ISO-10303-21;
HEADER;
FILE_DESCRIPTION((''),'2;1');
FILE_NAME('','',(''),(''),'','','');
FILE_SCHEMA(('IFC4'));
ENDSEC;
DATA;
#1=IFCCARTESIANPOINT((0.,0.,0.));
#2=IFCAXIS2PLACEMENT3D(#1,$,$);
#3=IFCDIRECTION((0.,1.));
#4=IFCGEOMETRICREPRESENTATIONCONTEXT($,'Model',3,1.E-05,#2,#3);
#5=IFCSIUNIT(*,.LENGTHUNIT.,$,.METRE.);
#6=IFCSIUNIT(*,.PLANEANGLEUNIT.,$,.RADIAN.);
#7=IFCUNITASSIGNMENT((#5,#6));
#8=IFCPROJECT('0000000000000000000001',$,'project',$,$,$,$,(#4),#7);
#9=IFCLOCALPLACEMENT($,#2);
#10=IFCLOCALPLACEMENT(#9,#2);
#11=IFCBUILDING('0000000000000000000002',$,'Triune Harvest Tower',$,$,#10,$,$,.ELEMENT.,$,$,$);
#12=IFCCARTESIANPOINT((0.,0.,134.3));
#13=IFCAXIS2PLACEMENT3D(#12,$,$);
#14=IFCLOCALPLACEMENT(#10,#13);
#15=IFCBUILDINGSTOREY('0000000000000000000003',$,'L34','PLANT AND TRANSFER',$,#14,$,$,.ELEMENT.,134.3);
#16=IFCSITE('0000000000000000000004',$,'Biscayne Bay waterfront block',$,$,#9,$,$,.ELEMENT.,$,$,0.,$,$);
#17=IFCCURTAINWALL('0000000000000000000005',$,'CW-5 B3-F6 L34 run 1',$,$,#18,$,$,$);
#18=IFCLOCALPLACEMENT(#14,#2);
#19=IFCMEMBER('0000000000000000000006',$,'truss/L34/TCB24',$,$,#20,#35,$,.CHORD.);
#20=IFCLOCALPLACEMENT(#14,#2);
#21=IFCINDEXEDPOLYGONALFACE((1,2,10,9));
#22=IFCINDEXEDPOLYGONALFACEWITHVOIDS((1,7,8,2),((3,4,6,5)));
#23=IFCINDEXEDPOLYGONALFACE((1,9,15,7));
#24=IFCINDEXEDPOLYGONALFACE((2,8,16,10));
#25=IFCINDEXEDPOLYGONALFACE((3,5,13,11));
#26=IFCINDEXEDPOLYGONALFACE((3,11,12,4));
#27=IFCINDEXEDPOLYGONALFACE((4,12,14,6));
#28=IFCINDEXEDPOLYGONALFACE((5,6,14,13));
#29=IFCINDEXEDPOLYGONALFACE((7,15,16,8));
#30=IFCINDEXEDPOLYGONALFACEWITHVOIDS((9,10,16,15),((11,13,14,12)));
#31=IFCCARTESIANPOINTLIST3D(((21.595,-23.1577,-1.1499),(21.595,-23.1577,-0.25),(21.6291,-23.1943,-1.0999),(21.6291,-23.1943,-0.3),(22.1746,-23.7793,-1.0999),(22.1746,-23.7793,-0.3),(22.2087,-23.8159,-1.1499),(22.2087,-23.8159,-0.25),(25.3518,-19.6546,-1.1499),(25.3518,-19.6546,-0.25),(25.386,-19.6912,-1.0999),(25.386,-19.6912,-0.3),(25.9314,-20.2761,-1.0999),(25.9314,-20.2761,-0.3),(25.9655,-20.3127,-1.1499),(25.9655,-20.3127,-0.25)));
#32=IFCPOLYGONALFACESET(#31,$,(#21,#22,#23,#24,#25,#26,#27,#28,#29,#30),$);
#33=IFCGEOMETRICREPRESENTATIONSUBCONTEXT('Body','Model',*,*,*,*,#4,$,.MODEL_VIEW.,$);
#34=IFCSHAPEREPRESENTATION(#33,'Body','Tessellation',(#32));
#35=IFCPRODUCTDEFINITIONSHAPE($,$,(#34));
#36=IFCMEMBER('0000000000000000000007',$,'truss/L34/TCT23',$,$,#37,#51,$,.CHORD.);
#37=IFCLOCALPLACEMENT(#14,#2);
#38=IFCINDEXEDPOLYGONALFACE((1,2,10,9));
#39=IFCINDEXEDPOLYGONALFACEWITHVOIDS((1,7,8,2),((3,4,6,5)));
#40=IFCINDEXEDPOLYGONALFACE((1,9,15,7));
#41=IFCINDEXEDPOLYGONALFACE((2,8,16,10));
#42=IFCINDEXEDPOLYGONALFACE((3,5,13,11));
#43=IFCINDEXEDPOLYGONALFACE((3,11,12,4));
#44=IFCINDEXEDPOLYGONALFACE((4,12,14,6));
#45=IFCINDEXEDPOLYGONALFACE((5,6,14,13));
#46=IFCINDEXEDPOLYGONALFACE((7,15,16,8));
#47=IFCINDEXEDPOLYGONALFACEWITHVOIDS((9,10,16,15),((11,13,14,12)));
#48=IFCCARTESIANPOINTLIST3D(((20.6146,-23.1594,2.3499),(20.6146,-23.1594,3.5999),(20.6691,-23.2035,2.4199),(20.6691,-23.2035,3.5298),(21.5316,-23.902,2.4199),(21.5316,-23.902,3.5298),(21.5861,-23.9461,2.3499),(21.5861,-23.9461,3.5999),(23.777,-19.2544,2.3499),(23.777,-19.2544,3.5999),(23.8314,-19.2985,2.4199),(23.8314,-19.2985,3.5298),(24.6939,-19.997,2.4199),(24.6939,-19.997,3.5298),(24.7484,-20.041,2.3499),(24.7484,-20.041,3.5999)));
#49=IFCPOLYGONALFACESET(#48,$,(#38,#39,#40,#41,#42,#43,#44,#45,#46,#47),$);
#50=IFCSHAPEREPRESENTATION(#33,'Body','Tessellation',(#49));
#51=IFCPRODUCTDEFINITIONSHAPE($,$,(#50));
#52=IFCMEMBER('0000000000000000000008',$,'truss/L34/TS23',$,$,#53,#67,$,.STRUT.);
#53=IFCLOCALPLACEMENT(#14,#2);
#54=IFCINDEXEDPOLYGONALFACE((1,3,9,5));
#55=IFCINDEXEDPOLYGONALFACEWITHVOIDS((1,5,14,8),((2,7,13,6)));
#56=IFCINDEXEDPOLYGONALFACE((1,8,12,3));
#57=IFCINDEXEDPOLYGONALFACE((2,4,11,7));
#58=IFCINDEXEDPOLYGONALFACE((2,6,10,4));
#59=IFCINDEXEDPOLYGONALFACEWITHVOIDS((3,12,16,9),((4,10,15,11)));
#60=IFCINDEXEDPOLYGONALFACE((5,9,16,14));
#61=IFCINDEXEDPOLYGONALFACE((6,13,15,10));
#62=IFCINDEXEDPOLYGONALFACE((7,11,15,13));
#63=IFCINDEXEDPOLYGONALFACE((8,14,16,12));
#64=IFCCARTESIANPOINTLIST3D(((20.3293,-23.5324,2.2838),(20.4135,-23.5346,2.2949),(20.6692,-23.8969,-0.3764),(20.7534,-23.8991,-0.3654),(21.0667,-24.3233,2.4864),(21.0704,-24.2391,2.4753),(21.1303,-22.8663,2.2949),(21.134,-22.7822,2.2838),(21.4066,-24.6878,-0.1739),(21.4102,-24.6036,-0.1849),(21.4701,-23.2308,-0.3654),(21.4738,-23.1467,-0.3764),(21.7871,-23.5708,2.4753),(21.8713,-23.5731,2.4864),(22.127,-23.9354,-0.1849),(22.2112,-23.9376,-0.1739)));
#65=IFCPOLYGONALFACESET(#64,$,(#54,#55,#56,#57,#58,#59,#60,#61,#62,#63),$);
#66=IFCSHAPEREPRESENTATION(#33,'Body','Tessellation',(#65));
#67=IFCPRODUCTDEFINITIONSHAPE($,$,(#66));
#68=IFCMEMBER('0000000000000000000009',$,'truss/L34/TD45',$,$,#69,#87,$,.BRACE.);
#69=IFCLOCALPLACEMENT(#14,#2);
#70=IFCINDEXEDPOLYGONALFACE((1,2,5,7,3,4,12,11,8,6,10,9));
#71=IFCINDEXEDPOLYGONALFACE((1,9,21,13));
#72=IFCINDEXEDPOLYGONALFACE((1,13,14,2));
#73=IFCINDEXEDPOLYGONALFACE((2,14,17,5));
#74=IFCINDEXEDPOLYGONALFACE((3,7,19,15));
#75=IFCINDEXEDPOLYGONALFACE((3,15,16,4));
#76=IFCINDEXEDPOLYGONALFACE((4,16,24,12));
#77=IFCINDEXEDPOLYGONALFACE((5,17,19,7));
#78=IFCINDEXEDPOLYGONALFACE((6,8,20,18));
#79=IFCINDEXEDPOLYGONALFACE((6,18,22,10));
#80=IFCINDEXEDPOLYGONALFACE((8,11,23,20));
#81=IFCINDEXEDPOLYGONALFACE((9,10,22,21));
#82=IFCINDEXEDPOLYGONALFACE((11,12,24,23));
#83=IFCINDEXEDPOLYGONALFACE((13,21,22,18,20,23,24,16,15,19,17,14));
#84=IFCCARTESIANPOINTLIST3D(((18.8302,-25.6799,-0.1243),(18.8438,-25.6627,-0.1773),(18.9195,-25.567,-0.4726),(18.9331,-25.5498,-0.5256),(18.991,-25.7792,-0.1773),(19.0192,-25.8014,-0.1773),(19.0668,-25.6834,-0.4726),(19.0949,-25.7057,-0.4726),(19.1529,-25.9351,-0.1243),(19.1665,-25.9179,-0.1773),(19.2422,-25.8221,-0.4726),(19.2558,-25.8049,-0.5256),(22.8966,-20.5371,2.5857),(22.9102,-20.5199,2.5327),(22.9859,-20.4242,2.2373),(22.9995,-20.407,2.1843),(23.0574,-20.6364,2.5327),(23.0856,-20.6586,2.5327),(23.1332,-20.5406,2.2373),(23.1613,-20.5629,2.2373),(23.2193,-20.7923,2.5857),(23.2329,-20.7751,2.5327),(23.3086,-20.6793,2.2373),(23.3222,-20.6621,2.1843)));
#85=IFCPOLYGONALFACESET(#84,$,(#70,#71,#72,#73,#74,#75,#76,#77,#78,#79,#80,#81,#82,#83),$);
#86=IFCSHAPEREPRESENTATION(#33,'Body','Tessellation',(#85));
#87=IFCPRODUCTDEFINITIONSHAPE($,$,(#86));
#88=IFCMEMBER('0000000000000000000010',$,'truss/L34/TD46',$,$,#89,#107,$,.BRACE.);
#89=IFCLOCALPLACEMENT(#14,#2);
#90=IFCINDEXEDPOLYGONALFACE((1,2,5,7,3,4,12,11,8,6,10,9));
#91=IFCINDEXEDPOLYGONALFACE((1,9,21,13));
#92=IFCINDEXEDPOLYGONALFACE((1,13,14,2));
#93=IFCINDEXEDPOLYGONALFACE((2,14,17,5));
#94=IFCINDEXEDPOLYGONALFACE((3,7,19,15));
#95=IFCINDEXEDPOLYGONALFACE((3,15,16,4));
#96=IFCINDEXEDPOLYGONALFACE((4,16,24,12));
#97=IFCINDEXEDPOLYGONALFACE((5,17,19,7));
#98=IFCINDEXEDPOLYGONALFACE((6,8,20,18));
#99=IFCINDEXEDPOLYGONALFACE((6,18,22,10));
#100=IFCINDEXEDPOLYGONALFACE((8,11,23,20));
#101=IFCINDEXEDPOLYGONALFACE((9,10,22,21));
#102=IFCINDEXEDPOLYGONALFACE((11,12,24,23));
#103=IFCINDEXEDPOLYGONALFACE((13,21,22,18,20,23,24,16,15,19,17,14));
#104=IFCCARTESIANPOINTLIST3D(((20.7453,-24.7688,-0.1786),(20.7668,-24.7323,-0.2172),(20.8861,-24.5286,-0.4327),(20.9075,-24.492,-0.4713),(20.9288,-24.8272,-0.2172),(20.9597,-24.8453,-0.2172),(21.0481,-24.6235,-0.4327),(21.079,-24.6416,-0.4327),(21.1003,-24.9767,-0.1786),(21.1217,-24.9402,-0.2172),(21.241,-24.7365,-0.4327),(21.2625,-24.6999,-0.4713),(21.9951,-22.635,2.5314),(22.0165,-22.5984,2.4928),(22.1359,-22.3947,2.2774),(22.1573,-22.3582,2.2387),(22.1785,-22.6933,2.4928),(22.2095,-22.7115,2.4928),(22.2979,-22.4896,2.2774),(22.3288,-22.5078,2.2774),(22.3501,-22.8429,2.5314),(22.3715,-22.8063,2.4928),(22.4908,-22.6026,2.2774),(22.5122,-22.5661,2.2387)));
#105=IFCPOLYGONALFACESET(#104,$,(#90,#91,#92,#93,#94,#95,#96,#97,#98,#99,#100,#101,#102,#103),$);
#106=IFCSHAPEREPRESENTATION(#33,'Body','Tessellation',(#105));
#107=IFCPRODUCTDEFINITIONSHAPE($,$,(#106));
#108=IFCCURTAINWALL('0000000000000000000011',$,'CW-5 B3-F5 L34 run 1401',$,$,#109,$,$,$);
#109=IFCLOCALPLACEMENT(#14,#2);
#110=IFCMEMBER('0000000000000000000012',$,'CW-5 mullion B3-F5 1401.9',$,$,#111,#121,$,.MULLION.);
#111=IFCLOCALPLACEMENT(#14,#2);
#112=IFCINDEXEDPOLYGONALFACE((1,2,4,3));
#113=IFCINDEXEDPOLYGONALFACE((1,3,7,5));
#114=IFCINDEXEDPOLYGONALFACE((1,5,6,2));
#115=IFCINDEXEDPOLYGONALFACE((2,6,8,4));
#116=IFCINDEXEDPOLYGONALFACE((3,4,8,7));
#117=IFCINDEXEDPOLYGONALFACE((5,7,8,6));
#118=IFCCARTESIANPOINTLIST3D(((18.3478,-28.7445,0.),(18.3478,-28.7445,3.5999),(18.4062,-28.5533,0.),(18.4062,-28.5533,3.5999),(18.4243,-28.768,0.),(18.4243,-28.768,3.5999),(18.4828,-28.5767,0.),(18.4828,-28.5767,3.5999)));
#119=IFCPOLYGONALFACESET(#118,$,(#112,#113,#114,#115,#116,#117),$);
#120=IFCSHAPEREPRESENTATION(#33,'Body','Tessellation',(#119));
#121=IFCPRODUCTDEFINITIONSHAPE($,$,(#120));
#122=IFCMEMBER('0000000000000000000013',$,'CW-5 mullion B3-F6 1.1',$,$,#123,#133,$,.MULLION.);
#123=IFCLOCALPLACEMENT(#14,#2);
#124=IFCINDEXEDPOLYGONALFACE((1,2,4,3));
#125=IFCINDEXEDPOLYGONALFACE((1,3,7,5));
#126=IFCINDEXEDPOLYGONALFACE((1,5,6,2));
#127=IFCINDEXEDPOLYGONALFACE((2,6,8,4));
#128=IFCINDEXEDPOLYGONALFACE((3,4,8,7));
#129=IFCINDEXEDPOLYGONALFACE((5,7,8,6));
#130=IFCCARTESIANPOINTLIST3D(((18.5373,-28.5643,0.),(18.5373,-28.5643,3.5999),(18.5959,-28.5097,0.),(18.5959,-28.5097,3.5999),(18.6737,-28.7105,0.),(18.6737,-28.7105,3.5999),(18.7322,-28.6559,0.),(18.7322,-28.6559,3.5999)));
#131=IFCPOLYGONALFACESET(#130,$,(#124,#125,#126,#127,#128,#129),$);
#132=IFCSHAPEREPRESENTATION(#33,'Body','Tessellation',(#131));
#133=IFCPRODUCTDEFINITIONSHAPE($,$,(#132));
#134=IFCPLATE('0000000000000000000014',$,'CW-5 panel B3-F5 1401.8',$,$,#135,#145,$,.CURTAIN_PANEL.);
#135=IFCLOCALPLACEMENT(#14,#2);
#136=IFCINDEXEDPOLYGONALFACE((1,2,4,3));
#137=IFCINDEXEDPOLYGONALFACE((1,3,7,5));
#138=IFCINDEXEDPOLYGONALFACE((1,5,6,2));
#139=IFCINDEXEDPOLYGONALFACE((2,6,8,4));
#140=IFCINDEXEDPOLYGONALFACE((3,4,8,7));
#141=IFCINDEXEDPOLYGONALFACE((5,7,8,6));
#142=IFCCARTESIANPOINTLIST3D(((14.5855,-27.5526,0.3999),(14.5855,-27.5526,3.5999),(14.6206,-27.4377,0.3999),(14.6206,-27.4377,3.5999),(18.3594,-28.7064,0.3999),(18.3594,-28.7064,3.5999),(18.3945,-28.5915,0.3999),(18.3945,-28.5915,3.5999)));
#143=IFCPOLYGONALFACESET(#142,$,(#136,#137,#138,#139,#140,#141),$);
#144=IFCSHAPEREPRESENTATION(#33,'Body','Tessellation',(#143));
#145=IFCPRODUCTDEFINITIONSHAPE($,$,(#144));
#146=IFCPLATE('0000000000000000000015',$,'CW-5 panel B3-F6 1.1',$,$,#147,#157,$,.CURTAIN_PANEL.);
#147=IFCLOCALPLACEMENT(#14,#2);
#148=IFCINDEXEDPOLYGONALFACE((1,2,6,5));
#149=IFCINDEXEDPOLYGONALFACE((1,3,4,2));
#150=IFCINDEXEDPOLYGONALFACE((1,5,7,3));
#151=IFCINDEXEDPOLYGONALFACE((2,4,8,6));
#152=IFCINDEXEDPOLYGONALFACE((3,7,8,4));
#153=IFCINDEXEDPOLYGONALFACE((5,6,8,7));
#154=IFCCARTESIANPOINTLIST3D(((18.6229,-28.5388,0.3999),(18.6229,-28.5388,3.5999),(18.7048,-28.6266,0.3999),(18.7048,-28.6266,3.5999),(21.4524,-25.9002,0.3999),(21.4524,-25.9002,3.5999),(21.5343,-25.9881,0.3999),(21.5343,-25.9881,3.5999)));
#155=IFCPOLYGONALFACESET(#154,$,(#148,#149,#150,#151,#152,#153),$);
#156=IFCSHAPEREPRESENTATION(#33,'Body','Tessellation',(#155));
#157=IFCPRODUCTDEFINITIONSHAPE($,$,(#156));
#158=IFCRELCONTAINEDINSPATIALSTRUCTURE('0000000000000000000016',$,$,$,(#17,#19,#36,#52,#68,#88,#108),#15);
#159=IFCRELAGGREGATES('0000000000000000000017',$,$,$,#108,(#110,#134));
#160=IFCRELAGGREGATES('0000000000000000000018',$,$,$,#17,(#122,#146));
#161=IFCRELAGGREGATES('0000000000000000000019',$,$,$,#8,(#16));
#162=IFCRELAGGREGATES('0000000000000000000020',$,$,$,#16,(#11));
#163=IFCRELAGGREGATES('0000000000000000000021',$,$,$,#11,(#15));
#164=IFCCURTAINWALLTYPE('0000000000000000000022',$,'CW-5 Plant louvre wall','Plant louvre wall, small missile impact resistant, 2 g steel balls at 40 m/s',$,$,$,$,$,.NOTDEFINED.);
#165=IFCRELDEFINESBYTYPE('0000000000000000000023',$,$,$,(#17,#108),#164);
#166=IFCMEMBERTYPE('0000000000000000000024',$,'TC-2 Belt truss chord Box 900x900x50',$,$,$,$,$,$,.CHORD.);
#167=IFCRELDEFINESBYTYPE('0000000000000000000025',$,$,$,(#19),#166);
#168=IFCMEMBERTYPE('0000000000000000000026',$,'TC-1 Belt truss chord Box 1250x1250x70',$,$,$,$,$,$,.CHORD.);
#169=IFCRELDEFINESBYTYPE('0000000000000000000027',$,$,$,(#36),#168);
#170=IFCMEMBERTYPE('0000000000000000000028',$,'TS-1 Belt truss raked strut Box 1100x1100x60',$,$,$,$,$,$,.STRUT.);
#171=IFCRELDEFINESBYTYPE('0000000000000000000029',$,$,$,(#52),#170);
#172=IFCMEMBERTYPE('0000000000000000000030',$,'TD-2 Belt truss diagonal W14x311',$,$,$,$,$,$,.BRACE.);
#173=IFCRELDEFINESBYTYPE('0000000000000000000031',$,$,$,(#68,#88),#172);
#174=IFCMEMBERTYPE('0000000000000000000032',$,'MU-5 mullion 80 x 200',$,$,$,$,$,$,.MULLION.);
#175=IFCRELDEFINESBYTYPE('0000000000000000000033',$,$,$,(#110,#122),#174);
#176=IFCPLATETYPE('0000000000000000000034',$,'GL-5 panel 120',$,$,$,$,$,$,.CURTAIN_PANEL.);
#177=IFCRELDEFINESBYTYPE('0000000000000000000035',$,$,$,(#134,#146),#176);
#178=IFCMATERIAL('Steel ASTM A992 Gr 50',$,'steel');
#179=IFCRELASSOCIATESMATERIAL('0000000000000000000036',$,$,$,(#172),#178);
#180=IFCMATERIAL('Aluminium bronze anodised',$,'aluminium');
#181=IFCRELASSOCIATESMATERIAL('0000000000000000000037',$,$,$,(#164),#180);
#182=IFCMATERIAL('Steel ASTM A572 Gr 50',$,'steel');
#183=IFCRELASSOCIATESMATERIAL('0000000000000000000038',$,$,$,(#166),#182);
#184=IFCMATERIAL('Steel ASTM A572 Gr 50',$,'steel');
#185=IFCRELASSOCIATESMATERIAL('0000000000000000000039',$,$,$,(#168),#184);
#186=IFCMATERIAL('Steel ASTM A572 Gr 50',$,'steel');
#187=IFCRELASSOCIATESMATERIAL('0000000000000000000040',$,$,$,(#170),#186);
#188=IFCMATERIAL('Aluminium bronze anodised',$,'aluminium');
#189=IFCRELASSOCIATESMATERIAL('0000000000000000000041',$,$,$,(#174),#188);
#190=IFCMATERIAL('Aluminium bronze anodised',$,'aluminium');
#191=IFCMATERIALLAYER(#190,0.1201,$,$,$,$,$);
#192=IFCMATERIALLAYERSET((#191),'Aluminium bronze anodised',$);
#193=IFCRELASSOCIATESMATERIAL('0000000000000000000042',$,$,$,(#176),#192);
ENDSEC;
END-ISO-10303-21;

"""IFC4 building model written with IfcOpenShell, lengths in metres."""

from ifc_helpers import new_model, si_unit, direction, frame, origin, origin_2d, place, context, subcontext, project, spatial, rectangle, hollow_rectangle, i_section, extrude, source, transform, mapped, material, layer, layer_set, material_profile, profile_set, type_object, element, aggregate, save


model = new_model("IFC4")

# Units and contexts
model_context = context("Model", 3, precision=1e-05, world=origin(), true_north=direction((0.0, 1.0)))
body_context = subcontext(model_context, "Body", "Model", "MODEL_VIEW")
ifc_project = project(units=[si_unit("LENGTHUNIT", "METRE"), si_unit("PLANEANGLEUNIT", "RADIAN")], contexts=[model_context])

# Site, building, storey
site_placement = place(None, origin())
site = spatial("IfcSite", under=ifc_project, at=site_placement, Name="Biscayne Bay waterfront block", CompositionType="ELEMENT", RefElevation=0.0)
building_placement = place(site_placement, origin())
building = spatial("IfcBuilding", under=site, at=building_placement, Name="Triune Harvest Tower", CompositionType="ELEMENT")
storey_placement = place(building_placement, frame((0.0, 0.0, 134.3)))
storey = spatial("IfcBuildingStorey", under=building, at=storey_placement, Name="L34", Description="PLANT AND TRANSFER", CompositionType="ELEMENT", Elevation=134.3)

# Shared definitions
ifc_material_1 = material(Name="Steel ASTM A992 Gr 50", Category="steel")
ifc_material_profile_1 = material_profile(ifc_material_1, i_section(OverallWidth=0.4114, OverallDepth=0.4343, WebThickness=0.0359, FlangeThickness=0.0574, at=origin_2d()), Name="W14x311")
ifc_profile_set_1 = profile_set([ifc_material_profile_1], Name="Steel ASTM A992 Gr 50")
member_type_1 = type_object("IfcMemberType", Name="TD-2 Belt truss diagonal W14x311", PredefinedType="BRACE", material=ifc_profile_set_1)

# Curtain wall
ifc_material_2 = material(Name="Aluminium bronze anodised", Category="aluminium")
curtain_wall_type = type_object("IfcCurtainWallType", Name="CW-5 Plant louvre wall", Description="Plant louvre wall, small missile impact resistant, 2 g steel balls at 40 m/s", PredefinedType="NOTDEFINED", material=ifc_material_2)
curtain_wall_1_placement = place(storey_placement, origin())
curtain_wall_1 = element("IfcCurtainWall", 1, at=curtain_wall_1_placement, inside=storey, type_object=curtain_wall_type, Name="CW-5 B3-F6 L34 run 1")

# Members
ifc_material_3 = material(Name="Steel ASTM A572 Gr 50", Category="steel")
ifc_material_profile_2 = material_profile(ifc_material_3, hollow_rectangle(XDim=0.8999, YDim=0.8999, WallThickness=0.05, at=origin_2d()), Name="Box 900x900x50")
ifc_profile_set_2 = profile_set([ifc_material_profile_2], Name="Steel ASTM A572 Gr 50")
member_type_2 = type_object("IfcMemberType", Name="TC-2 Belt truss chord Box 900x900x50", PredefinedType="CHORD", material=ifc_profile_set_2)
shared_shape_1 = source(origin(), body_context, "Body", "SweptSolid", [
    extrude(hollow_rectangle(XDim=0.8999, YDim=0.8999, WallThickness=0.05, at=origin_2d()), origin(), (0.0, 0.0, 1.0), 5.1367),
])
for number, where, z_axis, x_axis, name in (
    (2, (21.9019, -23.4868, -0.7), (0.731367, 0.681985, 0.0), (-0.681985, 0.731367, 0.0), "truss/L34/TCB24"),
):
    element("IfcMember", number, at=place(storey_placement, frame(where, z_axis=z_axis, x_axis=x_axis)), inside=storey, type_object=member_type_2, Name=name, PredefinedType="CHORD", context=body_context, shape_type="MappedRepresentation", body=[
        mapped(shared_shape_1, transform((0.0, 0.0, 0.0), scale=1.0)),
    ])
ifc_material_4 = material(Name="Steel ASTM A572 Gr 50", Category="steel")
ifc_material_profile_3 = material_profile(ifc_material_4, hollow_rectangle(XDim=1.25, YDim=1.25, WallThickness=0.0701, at=origin_2d()), Name="Box 1250x1250x70")
ifc_profile_set_3 = profile_set([ifc_material_profile_3], Name="Steel ASTM A572 Gr 50")
member_type_3 = type_object("IfcMemberType", Name="TC-1 Belt truss chord Box 1250x1250x70", PredefinedType="CHORD", material=ifc_profile_set_3)
shared_shape_2 = source(origin(), body_context, "Body", "SweptSolid", [
    extrude(hollow_rectangle(XDim=1.25, YDim=1.25, WallThickness=0.0701, at=origin_2d()), origin(), (0.0, 0.0, 1.0), 5.0249),
])
member_1_placement = place(storey_placement, frame((21.1003, -23.5527, 2.9749), z_axis=(0.629335, 0.777134, 0.0), x_axis=(-0.777134, 0.629335, 0.0)))
element("IfcMember", 3, at=member_1_placement, inside=storey, type_object=member_type_3, Name="truss/L34/TCT23", PredefinedType="CHORD", context=body_context, shape_type="MappedRepresentation", body=[
    mapped(shared_shape_2, transform((0.0, 0.0, 0.0), scale=1.0)),
])
ifc_material_5 = material(Name="Steel ASTM A572 Gr 50", Category="steel")
ifc_material_profile_4 = material_profile(ifc_material_5, hollow_rectangle(XDim=1.1001, YDim=1.1001, WallThickness=0.0601, at=origin_2d()), Name="Box 1100x1100x60")
ifc_profile_set_4 = profile_set([ifc_material_profile_4], Name="Steel ASTM A572 Gr 50")
member_type_4 = type_object("IfcMemberType", Name="TS-1 Belt truss raked strut Box 1100x1100x60", PredefinedType="STRUT", material=ifc_profile_set_4)
shared_shape_3 = source(origin(), body_context, "Body", "SweptSolid", [
    extrude(hollow_rectangle(XDim=1.1001, YDim=1.1001, WallThickness=0.0601, at=origin_2d()), origin(), (0.0, 0.0, 1.0), 2.7065),
])
member_2_placement = place(storey_placement, frame((21.4402, -23.9172, -0.2751), z_axis=(-0.125569, 0.13468, 0.982901), x_axis=(-0.731414, -0.681934, 0.0)))
element("IfcMember", 4, at=member_2_placement, inside=storey, type_object=member_type_4, Name="truss/L34/TS23", PredefinedType="STRUT", context=body_context, shape_type="MappedRepresentation", body=[
    mapped(shared_shape_3, transform((0.0, 0.0, 0.0), scale=1.0)),
])
shared_shape_4 = source(origin(), body_context, "Body", "SweptSolid", [
    extrude(i_section(OverallWidth=0.4114, OverallDepth=0.4343, WebThickness=0.0359, FlangeThickness=0.0574, at=origin_2d()), origin(), (0.0, 0.0, 1.0), 7.0942),
])
member_3_placement = place(storey_placement, frame((19.043, -25.7424, -0.325), z_axis=(0.573199, 0.72493, 0.381995), x_axis=(-0.784416, 0.620235, 0.0)))
element("IfcMember", 5, at=member_3_placement, inside=storey, type_object=member_type_1, Name="truss/L34/TD45", PredefinedType="BRACE", context=body_context, shape_type="MappedRepresentation", body=[
    mapped(shared_shape_4, transform((0.0, 0.0, 0.0), scale=1.0)),
])
shared_shape_5 = source(origin(), body_context, "Body", "SweptSolid", [
    extrude(i_section(OverallWidth=0.4114, OverallDepth=0.4343, WebThickness=0.0359, FlangeThickness=0.0574, at=origin_2d()), origin(), (0.0, 0.0, 1.0), 3.6687),
])
member_4_placement = place(storey_placement, frame((21.0039, -24.7344, -0.325), z_axis=(0.34066, 0.581631, 0.738685), x_axis=(-0.86289, 0.505393, 0.0)))
element("IfcMember", 6, at=member_4_placement, inside=storey, type_object=member_type_1, Name="truss/L34/TD46", PredefinedType="BRACE", context=body_context, shape_type="MappedRepresentation", body=[
    mapped(shared_shape_5, transform((0.0, 0.0, 0.0), scale=1.0)),
])

# Curtain wall, member
curtain_wall_2_placement = place(storey_placement, origin())
curtain_wall_2 = element("IfcCurtainWall", 7, at=curtain_wall_2_placement, inside=storey, type_object=curtain_wall_type, Name="CW-5 B3-F5 L34 run 1401")
ifc_material_6 = material(Name="Aluminium bronze anodised", Category="aluminium")
ifc_material_profile_5 = material_profile(ifc_material_6, rectangle(XDim=0.2, YDim=0.0801, at=origin_2d()), Name="MU-5 mullion 80 x 200")
ifc_profile_set_5 = profile_set([ifc_material_profile_5], Name="Aluminium bronze anodised")
member_type_5 = type_object("IfcMemberType", Name="MU-5 mullion 80 x 200", PredefinedType="MULLION", material=ifc_profile_set_5)
shared_shape_6 = source(origin(), body_context, "Body", "SweptSolid", [
    extrude(rectangle(XDim=0.2, YDim=0.0801, at=origin_2d()), origin(), (0.0, 0.0, 1.0), 3.5999),
])
member_5_placement = place(storey_placement, frame((18.4153, -28.6606, 0.0), z_axis=(0.0, 0.0, 1.0), x_axis=(0.292374, 0.956304, 0.0)))
member_5 = element("IfcMember", 8, at=member_5_placement, type_object=member_type_5, Name="CW-5 mullion B3-F5 1401.9", PredefinedType="MULLION", context=body_context, shape_type="MappedRepresentation", body=[
    mapped(shared_shape_6, transform((0.0, 0.0, 0.0), scale=1.0)),
])

# Member
member_6_placement = place(storey_placement, frame((18.6348, -28.6101, 0.0), z_axis=(0.0, 0.0, 1.0), x_axis=(-0.682002, 0.73135, 0.0)))
member_6 = element("IfcMember", 9, at=member_6_placement, type_object=member_type_5, Name="CW-5 mullion B3-F6 1.1", PredefinedType="MULLION", context=body_context, shape_type="MappedRepresentation", body=[
    mapped(shared_shape_6, transform((0.0, 0.0, 0.0), scale=1.0)),
])

# Plates
ifc_material_7 = material(Name="Aluminium bronze anodised", Category="aluminium")
ifc_layer_1 = layer(ifc_material_7, 0.1201)
ifc_layer_set_1 = layer_set([ifc_layer_1], Name="Aluminium bronze anodised")
plate_type = type_object("IfcPlateType", Name="GL-5 panel 120", PredefinedType="CURTAIN_PANEL", material=ifc_layer_set_1)
shared_shape_7 = source(origin(), body_context, "Body", "SweptSolid", [
    extrude(rectangle(XDim=3.9463, YDim=0.1201, at=origin_2d()), origin(), (0.0, 0.0, 1.0), 3.2),
])
plate_1_placement = place(storey_placement, frame((16.49, -28.072, 0.3999), z_axis=(0.0, 0.0, 1.0), x_axis=(0.956304, -0.292374, 0.0)))
plate_1 = element("IfcPlate", 10, at=plate_1_placement, type_object=plate_type, Name="CW-5 panel B3-F5 1401.8", PredefinedType="CURTAIN_PANEL", context=body_context, shape_type="MappedRepresentation", body=[
    mapped(shared_shape_7, transform((0.0, 0.0, 0.0), scale=1.0)),
])
aggregate(curtain_wall_2, [member_5, plate_1])
shared_shape_8 = source(origin(), body_context, "Body", "SweptSolid", [
    extrude(rectangle(XDim=3.8689, YDim=0.1201, at=origin_2d()), origin(), (0.0, 0.0, 1.0), 3.2),
])
plate_2_placement = place(storey_placement, frame((20.0786, -27.2634, 0.3999), z_axis=(0.0, 0.0, 1.0), x_axis=(0.73135, 0.682002, 0.0)))
plate_2 = element("IfcPlate", 11, at=plate_2_placement, type_object=plate_type, Name="CW-5 panel B3-F6 1.1", PredefinedType="CURTAIN_PANEL", context=body_context, shape_type="MappedRepresentation", body=[
    mapped(shared_shape_8, transform((0.0, 0.0, 0.0), scale=1.0)),
])
aggregate(curtain_wall_1, [member_6, plate_2])

save(model, "model.ifc")
